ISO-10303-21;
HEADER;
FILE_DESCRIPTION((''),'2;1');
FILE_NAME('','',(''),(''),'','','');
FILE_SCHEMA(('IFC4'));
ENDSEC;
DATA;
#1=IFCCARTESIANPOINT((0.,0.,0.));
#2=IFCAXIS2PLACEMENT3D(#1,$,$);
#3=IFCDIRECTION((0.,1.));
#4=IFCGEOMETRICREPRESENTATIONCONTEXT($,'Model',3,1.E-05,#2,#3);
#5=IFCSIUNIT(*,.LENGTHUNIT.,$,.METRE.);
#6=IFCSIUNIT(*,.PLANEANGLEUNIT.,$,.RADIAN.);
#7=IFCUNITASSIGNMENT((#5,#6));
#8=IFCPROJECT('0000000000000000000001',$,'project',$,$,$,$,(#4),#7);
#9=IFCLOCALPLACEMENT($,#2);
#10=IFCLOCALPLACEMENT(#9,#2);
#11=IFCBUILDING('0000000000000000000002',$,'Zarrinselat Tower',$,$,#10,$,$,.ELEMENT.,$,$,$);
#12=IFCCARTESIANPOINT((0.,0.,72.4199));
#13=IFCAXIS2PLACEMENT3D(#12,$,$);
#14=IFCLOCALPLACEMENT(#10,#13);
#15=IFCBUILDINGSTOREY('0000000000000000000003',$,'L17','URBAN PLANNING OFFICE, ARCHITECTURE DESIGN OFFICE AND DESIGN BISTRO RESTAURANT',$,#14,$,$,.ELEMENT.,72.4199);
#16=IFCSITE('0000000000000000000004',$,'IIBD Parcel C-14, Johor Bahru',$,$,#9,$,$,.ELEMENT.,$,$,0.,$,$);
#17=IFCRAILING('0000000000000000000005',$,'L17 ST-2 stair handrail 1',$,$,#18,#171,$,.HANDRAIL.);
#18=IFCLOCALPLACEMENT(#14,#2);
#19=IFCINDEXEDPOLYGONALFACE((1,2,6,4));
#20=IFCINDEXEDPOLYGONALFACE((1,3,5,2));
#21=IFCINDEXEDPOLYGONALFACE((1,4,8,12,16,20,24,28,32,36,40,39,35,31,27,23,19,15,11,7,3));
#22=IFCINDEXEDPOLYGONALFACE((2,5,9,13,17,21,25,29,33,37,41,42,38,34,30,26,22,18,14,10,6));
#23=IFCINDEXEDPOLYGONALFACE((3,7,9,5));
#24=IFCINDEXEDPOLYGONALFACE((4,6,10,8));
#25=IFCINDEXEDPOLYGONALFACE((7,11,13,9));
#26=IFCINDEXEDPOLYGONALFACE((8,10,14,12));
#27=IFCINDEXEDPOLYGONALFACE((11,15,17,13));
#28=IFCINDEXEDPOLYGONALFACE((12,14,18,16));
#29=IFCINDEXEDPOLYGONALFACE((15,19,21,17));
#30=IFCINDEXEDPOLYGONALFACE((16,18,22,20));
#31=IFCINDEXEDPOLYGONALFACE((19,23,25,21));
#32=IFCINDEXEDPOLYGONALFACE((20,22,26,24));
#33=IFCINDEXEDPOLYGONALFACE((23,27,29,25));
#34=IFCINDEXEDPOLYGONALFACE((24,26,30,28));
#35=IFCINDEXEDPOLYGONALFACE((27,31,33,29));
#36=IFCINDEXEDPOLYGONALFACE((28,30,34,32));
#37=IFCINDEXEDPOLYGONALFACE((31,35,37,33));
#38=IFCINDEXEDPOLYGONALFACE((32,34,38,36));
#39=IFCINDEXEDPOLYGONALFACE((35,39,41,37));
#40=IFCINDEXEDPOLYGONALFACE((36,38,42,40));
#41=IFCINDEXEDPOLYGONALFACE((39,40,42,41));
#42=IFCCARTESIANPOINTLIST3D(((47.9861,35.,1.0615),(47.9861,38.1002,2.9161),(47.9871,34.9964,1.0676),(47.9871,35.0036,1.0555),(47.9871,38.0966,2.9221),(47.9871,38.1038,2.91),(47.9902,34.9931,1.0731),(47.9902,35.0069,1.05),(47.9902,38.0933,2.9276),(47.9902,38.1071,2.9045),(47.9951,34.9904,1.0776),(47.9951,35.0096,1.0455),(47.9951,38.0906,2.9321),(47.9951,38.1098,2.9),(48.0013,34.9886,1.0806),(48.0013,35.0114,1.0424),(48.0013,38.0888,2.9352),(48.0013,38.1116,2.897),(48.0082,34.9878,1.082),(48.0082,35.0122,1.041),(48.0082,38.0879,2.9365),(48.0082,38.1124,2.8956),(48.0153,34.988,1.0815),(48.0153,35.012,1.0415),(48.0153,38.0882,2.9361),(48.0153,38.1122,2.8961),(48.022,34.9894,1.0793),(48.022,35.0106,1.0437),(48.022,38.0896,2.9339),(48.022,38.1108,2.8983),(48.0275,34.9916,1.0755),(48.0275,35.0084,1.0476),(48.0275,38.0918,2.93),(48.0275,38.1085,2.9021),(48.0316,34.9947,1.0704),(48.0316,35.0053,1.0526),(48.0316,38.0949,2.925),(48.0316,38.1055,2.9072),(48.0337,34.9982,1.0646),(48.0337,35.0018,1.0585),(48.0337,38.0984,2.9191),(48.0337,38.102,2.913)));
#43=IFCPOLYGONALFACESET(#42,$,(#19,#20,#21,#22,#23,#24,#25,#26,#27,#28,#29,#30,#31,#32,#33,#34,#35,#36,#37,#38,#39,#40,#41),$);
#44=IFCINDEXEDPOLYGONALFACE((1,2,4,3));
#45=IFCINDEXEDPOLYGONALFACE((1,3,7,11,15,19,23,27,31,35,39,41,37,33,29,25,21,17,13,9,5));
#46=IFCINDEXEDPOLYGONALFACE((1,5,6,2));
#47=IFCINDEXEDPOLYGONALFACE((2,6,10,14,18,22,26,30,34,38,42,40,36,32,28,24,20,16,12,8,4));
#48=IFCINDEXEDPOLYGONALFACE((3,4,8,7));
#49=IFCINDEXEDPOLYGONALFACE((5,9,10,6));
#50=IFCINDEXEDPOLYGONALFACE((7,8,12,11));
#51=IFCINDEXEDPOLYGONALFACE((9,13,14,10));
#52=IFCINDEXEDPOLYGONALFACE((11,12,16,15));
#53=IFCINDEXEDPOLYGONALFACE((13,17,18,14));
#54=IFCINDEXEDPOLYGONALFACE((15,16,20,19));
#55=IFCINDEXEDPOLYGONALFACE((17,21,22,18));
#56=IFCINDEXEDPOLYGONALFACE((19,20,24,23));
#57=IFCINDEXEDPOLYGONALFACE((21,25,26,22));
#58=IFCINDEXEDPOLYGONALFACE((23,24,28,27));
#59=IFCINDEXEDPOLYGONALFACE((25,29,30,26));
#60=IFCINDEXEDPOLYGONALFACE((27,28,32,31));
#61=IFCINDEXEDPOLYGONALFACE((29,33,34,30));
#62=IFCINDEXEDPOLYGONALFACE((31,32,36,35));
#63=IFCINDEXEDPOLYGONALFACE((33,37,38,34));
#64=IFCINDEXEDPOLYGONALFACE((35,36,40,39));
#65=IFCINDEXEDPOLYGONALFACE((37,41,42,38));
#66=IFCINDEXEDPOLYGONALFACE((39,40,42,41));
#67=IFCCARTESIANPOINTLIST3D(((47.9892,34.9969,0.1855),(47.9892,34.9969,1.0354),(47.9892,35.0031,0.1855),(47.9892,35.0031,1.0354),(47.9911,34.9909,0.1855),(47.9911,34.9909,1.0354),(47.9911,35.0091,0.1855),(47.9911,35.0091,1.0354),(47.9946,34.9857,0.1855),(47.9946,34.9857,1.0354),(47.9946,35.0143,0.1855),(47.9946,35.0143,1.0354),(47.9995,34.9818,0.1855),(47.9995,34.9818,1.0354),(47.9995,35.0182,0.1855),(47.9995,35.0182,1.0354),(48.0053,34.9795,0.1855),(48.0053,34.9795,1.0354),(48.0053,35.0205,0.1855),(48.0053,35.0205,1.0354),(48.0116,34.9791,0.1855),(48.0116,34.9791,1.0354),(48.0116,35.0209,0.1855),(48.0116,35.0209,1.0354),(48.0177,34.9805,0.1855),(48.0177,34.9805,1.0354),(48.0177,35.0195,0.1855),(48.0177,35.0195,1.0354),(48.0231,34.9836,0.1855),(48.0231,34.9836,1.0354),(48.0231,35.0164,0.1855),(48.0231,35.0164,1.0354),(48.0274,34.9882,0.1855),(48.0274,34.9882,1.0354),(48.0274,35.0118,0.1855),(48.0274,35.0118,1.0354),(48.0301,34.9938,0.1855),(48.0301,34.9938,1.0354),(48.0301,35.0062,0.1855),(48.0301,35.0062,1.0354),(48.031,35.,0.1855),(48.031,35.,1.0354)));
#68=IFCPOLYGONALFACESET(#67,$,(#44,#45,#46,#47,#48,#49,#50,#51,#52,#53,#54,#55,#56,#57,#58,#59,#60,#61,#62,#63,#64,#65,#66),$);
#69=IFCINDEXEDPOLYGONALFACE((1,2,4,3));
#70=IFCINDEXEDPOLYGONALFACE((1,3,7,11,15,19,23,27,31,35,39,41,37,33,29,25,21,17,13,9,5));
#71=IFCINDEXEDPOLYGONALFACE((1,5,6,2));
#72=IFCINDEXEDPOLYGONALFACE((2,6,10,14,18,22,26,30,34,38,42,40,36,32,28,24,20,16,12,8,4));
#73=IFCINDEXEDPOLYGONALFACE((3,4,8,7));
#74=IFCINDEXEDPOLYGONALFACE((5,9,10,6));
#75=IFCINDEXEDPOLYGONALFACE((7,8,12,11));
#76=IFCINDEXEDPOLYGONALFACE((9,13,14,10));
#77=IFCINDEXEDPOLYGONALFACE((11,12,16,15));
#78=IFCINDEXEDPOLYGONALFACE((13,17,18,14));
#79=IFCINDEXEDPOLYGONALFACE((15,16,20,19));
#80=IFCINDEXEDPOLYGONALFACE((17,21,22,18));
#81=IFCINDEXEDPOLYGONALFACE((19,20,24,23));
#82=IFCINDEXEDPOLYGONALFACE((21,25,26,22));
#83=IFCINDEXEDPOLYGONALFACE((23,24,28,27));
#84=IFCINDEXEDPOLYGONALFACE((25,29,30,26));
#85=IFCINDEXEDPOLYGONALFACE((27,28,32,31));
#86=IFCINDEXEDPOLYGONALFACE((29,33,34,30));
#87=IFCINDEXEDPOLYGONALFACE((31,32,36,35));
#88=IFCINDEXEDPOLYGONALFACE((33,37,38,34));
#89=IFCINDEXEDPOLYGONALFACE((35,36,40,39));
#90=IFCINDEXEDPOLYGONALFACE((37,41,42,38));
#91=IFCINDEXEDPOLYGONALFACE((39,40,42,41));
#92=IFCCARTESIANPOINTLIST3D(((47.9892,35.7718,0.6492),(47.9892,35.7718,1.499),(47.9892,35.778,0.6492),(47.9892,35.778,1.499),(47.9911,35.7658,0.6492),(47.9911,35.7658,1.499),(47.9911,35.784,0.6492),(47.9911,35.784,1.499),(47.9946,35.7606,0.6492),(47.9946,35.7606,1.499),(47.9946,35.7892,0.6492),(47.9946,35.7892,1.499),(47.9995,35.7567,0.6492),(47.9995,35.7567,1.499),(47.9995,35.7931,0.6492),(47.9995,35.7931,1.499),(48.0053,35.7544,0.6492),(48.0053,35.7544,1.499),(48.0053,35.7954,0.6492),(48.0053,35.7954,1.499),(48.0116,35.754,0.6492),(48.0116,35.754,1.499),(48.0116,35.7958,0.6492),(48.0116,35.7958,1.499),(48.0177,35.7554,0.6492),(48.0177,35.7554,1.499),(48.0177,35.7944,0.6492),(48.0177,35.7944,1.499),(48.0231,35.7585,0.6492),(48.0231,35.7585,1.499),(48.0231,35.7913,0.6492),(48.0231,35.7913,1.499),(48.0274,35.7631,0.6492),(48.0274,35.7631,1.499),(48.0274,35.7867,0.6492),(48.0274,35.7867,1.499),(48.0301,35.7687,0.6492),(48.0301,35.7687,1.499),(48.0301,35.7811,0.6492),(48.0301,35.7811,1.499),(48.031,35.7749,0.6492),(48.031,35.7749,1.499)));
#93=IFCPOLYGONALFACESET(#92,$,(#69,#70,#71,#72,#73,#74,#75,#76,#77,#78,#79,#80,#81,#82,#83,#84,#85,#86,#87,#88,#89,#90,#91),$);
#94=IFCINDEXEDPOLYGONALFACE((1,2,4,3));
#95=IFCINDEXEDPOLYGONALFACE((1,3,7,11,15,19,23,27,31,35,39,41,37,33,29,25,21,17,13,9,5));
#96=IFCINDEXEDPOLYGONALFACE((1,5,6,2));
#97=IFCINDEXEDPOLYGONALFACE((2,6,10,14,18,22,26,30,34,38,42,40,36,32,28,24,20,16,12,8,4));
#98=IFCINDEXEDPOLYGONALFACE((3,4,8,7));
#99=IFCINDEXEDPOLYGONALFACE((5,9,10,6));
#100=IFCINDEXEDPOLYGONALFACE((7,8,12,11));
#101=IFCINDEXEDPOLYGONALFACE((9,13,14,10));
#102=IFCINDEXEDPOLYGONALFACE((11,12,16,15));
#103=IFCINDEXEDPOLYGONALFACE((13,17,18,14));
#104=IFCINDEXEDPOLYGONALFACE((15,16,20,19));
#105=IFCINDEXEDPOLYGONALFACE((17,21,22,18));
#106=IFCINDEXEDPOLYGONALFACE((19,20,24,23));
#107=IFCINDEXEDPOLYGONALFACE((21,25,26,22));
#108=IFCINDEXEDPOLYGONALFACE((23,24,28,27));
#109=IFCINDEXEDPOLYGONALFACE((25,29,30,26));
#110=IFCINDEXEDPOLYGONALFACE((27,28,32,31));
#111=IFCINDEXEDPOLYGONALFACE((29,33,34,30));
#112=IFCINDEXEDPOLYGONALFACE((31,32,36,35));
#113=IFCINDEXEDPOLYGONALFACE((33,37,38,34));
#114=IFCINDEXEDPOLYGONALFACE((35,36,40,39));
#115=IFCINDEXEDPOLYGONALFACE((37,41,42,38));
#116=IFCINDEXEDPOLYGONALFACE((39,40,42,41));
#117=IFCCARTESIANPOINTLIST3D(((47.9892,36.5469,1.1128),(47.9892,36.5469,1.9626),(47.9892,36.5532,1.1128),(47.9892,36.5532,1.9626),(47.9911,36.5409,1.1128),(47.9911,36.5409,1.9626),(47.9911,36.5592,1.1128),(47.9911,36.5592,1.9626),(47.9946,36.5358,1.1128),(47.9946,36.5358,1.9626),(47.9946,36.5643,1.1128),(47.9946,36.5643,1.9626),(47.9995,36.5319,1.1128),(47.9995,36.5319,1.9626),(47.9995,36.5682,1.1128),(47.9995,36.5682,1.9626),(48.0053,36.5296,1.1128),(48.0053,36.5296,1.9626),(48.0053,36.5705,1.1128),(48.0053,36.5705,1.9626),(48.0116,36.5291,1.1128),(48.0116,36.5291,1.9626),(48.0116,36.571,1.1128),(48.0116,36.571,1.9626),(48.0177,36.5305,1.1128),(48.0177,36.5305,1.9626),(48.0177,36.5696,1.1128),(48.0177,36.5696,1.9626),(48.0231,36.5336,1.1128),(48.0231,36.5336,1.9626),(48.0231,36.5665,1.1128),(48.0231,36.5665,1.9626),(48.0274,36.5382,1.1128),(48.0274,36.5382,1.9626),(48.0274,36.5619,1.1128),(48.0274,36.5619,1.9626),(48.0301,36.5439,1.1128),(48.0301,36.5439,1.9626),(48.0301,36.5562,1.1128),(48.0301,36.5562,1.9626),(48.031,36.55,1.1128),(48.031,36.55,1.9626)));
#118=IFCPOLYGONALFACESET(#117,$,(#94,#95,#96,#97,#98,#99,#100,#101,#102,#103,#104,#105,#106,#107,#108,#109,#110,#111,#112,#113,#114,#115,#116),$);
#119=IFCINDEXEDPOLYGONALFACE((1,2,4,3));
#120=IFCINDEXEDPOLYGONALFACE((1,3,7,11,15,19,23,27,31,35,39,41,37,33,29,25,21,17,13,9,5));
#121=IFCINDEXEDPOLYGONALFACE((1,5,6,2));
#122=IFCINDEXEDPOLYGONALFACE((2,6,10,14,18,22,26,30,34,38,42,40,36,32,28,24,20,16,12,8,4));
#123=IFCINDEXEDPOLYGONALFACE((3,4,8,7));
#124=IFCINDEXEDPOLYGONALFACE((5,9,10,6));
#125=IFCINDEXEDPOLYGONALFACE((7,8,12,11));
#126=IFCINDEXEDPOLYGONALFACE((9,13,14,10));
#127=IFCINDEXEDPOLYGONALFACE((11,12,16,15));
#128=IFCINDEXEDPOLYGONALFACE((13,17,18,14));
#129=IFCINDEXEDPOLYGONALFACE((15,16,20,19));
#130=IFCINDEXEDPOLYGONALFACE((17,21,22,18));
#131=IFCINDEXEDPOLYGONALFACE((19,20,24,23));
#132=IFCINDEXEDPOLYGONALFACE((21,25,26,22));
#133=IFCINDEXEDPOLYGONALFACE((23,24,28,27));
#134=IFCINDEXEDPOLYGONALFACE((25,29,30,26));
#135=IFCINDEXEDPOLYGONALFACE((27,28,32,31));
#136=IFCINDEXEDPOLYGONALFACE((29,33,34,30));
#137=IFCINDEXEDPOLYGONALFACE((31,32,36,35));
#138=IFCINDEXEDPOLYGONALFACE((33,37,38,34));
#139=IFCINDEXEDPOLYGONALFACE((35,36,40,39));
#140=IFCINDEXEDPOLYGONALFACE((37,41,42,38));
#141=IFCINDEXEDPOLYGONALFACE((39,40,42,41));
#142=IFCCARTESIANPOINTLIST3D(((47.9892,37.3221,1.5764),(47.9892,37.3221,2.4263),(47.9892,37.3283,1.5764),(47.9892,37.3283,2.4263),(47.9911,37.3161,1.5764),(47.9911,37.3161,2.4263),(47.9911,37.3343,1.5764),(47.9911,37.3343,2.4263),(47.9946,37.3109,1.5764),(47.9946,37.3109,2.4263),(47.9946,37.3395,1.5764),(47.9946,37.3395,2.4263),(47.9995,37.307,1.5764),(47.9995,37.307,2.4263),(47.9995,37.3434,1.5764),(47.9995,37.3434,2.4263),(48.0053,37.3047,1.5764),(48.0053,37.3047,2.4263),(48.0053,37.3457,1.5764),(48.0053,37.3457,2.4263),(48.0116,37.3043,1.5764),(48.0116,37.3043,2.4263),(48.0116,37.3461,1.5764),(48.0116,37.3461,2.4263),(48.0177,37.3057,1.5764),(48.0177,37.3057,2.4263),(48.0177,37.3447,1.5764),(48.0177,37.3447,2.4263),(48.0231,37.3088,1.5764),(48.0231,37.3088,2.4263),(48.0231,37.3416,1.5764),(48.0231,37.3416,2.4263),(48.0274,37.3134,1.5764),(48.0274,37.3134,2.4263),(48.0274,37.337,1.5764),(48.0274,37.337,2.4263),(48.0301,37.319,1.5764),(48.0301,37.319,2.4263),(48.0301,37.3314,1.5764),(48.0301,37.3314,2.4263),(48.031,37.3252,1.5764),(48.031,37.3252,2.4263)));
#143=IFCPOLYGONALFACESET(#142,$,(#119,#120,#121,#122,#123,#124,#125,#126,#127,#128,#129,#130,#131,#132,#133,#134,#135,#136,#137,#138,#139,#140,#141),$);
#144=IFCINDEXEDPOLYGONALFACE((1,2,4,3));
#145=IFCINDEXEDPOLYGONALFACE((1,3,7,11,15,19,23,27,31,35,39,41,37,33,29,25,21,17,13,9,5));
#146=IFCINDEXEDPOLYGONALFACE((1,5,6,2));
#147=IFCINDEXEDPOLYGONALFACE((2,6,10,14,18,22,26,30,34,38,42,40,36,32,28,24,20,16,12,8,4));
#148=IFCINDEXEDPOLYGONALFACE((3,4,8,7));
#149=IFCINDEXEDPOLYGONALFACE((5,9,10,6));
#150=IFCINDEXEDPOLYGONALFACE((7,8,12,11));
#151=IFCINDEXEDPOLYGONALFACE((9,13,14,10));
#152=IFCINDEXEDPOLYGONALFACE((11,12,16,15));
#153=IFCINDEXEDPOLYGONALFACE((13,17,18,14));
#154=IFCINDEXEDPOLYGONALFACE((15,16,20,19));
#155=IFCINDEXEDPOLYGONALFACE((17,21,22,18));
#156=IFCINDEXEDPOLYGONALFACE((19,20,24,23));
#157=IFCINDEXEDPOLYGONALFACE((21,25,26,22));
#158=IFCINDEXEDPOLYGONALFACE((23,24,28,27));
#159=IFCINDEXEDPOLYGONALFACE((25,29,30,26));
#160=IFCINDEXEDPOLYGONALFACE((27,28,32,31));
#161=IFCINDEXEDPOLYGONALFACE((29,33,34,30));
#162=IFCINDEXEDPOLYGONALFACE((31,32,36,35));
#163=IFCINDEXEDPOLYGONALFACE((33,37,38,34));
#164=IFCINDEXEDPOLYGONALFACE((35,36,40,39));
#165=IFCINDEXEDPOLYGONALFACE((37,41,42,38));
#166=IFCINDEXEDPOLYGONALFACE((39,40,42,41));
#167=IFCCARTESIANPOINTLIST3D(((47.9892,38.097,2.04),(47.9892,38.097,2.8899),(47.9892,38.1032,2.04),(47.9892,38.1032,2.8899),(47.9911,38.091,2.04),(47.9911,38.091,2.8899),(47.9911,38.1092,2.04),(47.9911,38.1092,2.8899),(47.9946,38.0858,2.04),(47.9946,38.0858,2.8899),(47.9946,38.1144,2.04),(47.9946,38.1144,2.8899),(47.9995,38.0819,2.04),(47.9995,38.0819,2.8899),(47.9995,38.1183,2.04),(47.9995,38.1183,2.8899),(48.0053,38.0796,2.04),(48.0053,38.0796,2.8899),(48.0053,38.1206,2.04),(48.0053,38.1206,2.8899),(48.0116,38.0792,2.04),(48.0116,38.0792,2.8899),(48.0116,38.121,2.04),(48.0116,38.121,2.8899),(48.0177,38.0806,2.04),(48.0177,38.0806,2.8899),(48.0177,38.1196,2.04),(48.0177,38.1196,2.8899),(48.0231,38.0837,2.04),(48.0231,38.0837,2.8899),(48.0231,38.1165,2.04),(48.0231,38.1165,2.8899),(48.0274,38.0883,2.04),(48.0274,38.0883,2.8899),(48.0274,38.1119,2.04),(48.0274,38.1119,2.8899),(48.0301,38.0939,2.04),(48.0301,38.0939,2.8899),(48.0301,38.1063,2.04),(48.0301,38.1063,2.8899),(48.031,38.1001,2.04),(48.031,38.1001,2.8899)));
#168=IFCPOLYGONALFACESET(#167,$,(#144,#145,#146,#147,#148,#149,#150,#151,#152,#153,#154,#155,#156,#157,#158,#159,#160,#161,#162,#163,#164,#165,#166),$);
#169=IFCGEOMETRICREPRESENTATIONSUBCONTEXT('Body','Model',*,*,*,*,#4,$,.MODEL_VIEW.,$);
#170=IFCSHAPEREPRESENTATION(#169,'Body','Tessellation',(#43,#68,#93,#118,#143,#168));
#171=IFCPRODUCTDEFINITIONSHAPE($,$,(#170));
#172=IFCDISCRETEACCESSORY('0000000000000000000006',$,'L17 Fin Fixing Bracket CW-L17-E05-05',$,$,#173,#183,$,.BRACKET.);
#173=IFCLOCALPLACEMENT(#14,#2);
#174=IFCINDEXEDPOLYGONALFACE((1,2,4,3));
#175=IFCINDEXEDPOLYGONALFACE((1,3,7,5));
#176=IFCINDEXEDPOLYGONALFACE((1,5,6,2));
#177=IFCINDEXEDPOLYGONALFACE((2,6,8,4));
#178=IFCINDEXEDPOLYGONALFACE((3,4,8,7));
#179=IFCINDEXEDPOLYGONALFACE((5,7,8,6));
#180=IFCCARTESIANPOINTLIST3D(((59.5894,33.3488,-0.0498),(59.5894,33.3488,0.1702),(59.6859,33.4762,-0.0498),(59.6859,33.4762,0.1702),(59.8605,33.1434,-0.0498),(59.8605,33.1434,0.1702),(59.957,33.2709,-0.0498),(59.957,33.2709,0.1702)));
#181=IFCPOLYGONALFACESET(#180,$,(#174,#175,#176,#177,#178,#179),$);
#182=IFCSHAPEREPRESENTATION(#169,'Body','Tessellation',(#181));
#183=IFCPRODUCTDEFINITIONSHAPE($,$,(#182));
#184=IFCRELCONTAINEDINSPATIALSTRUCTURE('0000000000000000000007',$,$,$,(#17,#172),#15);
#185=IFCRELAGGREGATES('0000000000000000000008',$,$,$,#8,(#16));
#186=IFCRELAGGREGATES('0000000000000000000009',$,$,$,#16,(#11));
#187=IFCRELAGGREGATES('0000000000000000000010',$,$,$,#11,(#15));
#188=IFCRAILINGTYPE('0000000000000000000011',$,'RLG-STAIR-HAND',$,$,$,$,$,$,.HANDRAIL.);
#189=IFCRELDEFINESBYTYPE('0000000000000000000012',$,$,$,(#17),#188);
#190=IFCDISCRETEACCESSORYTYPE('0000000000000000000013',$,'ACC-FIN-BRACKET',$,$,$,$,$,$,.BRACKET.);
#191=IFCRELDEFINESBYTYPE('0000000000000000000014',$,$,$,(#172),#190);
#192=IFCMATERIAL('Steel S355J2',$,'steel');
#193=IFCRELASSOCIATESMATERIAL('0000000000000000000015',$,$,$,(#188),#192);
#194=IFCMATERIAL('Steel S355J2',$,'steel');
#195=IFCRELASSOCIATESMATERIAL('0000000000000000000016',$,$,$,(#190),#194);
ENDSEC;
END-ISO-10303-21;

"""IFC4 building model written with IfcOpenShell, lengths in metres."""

from ifc_helpers import new_model, si_unit, direction, frame, origin, origin_2d, place, context, subcontext, project, spatial, rectangle, circle, extrude, material, type_object, element, save


model = new_model("IFC4")

# Units and contexts
model_context = context("Model", 3, precision=1e-05, world=origin(), true_north=direction((0.0, 1.0)))
body_context = subcontext(model_context, "Body", "Model", "MODEL_VIEW")
ifc_project = project(units=[si_unit("LENGTHUNIT", "METRE"), si_unit("PLANEANGLEUNIT", "RADIAN")], contexts=[model_context])

# Site, building, storey
site_placement = place(None, origin())
site = spatial("IfcSite", under=ifc_project, at=site_placement, Name="IIBD Parcel C-14, Johor Bahru", CompositionType="ELEMENT", RefElevation=0.0)
building_placement = place(site_placement, origin())
building = spatial("IfcBuilding", under=site, at=building_placement, Name="Zarrinselat Tower", CompositionType="ELEMENT")
storey_placement = place(building_placement, frame((0.0, 0.0, 72.4199)))
storey = spatial("IfcBuildingStorey", under=building, at=storey_placement, Name="L17", Description="URBAN PLANNING OFFICE, ARCHITECTURE DESIGN OFFICE AND DESIGN BISTRO RESTAURANT", CompositionType="ELEMENT", Elevation=72.4199)

# Railing
ifc_material_1 = material(Name="Steel S355J2", Category="steel")
railing_type = type_object("IfcRailingType", Name="RLG-STAIR-HAND", PredefinedType="HANDRAIL", material=ifc_material_1)
railing_placement = place(storey_placement, frame((48.01, 35.0, 0.1855)))
element("IfcRailing", 1, at=railing_placement, inside=storey, type_object=railing_type, Name="L17 ST-2 stair handrail 1", PredefinedType="HANDRAIL", context=body_context, shape_type="SweptSolid", body=[
    extrude(circle(Radius=0.0239, at=origin_2d()), frame((0.0, 0.0, 0.876), z_axis=(0.0, 0.858172, 0.513362), x_axis=(-1.0, 0.0, 0.0)), (0.0, 0.0, 1.0), 3.6125),
    extrude(circle(Radius=0.021, at=origin_2d()), origin(), (0.0, 0.0, 1.0), 0.8499),
    extrude(circle(Radius=0.021, at=origin_2d()), frame((0.0, 0.7749, 0.4636)), (0.0, 0.0, 1.0), 0.8499),
    extrude(circle(Radius=0.021, at=origin_2d()), frame((0.0, 1.55, 0.9272)), (0.0, 0.0, 1.0), 0.8499),
    extrude(circle(Radius=0.021, at=origin_2d()), frame((0.0, 2.3252, 1.3909)), (0.0, 0.0, 1.0), 0.8499),
    extrude(circle(Radius=0.021, at=origin_2d()), frame((0.0, 3.1001, 1.8545)), (0.0, 0.0, 1.0), 0.8499),
])

# Discrete accessory
ifc_material_2 = material(Name="Steel S355J2", Category="steel")
discrete_accessory_type = type_object("IfcDiscreteAccessoryType", Name="ACC-FIN-BRACKET", PredefinedType="BRACKET", material=ifc_material_2)
discrete_accessory_placement = place(storey_placement, frame((59.7732, 33.3098, -0.0498), z_axis=(0.0, 0.0, 1.0), x_axis=(0.797094, -0.603855, 0.0)))
element("IfcDiscreteAccessory", 2, at=discrete_accessory_placement, inside=storey, type_object=discrete_accessory_type, Name="L17 Fin Fixing Bracket CW-L17-E05-05", PredefinedType="BRACKET", context=body_context, shape_type="SweptSolid", body=[
    extrude(rectangle(XDim=0.3401, YDim=0.1599, at=origin_2d()), origin(), (0.0, 0.0, 1.0), 0.22),
])

save(model, "model.ifc")
